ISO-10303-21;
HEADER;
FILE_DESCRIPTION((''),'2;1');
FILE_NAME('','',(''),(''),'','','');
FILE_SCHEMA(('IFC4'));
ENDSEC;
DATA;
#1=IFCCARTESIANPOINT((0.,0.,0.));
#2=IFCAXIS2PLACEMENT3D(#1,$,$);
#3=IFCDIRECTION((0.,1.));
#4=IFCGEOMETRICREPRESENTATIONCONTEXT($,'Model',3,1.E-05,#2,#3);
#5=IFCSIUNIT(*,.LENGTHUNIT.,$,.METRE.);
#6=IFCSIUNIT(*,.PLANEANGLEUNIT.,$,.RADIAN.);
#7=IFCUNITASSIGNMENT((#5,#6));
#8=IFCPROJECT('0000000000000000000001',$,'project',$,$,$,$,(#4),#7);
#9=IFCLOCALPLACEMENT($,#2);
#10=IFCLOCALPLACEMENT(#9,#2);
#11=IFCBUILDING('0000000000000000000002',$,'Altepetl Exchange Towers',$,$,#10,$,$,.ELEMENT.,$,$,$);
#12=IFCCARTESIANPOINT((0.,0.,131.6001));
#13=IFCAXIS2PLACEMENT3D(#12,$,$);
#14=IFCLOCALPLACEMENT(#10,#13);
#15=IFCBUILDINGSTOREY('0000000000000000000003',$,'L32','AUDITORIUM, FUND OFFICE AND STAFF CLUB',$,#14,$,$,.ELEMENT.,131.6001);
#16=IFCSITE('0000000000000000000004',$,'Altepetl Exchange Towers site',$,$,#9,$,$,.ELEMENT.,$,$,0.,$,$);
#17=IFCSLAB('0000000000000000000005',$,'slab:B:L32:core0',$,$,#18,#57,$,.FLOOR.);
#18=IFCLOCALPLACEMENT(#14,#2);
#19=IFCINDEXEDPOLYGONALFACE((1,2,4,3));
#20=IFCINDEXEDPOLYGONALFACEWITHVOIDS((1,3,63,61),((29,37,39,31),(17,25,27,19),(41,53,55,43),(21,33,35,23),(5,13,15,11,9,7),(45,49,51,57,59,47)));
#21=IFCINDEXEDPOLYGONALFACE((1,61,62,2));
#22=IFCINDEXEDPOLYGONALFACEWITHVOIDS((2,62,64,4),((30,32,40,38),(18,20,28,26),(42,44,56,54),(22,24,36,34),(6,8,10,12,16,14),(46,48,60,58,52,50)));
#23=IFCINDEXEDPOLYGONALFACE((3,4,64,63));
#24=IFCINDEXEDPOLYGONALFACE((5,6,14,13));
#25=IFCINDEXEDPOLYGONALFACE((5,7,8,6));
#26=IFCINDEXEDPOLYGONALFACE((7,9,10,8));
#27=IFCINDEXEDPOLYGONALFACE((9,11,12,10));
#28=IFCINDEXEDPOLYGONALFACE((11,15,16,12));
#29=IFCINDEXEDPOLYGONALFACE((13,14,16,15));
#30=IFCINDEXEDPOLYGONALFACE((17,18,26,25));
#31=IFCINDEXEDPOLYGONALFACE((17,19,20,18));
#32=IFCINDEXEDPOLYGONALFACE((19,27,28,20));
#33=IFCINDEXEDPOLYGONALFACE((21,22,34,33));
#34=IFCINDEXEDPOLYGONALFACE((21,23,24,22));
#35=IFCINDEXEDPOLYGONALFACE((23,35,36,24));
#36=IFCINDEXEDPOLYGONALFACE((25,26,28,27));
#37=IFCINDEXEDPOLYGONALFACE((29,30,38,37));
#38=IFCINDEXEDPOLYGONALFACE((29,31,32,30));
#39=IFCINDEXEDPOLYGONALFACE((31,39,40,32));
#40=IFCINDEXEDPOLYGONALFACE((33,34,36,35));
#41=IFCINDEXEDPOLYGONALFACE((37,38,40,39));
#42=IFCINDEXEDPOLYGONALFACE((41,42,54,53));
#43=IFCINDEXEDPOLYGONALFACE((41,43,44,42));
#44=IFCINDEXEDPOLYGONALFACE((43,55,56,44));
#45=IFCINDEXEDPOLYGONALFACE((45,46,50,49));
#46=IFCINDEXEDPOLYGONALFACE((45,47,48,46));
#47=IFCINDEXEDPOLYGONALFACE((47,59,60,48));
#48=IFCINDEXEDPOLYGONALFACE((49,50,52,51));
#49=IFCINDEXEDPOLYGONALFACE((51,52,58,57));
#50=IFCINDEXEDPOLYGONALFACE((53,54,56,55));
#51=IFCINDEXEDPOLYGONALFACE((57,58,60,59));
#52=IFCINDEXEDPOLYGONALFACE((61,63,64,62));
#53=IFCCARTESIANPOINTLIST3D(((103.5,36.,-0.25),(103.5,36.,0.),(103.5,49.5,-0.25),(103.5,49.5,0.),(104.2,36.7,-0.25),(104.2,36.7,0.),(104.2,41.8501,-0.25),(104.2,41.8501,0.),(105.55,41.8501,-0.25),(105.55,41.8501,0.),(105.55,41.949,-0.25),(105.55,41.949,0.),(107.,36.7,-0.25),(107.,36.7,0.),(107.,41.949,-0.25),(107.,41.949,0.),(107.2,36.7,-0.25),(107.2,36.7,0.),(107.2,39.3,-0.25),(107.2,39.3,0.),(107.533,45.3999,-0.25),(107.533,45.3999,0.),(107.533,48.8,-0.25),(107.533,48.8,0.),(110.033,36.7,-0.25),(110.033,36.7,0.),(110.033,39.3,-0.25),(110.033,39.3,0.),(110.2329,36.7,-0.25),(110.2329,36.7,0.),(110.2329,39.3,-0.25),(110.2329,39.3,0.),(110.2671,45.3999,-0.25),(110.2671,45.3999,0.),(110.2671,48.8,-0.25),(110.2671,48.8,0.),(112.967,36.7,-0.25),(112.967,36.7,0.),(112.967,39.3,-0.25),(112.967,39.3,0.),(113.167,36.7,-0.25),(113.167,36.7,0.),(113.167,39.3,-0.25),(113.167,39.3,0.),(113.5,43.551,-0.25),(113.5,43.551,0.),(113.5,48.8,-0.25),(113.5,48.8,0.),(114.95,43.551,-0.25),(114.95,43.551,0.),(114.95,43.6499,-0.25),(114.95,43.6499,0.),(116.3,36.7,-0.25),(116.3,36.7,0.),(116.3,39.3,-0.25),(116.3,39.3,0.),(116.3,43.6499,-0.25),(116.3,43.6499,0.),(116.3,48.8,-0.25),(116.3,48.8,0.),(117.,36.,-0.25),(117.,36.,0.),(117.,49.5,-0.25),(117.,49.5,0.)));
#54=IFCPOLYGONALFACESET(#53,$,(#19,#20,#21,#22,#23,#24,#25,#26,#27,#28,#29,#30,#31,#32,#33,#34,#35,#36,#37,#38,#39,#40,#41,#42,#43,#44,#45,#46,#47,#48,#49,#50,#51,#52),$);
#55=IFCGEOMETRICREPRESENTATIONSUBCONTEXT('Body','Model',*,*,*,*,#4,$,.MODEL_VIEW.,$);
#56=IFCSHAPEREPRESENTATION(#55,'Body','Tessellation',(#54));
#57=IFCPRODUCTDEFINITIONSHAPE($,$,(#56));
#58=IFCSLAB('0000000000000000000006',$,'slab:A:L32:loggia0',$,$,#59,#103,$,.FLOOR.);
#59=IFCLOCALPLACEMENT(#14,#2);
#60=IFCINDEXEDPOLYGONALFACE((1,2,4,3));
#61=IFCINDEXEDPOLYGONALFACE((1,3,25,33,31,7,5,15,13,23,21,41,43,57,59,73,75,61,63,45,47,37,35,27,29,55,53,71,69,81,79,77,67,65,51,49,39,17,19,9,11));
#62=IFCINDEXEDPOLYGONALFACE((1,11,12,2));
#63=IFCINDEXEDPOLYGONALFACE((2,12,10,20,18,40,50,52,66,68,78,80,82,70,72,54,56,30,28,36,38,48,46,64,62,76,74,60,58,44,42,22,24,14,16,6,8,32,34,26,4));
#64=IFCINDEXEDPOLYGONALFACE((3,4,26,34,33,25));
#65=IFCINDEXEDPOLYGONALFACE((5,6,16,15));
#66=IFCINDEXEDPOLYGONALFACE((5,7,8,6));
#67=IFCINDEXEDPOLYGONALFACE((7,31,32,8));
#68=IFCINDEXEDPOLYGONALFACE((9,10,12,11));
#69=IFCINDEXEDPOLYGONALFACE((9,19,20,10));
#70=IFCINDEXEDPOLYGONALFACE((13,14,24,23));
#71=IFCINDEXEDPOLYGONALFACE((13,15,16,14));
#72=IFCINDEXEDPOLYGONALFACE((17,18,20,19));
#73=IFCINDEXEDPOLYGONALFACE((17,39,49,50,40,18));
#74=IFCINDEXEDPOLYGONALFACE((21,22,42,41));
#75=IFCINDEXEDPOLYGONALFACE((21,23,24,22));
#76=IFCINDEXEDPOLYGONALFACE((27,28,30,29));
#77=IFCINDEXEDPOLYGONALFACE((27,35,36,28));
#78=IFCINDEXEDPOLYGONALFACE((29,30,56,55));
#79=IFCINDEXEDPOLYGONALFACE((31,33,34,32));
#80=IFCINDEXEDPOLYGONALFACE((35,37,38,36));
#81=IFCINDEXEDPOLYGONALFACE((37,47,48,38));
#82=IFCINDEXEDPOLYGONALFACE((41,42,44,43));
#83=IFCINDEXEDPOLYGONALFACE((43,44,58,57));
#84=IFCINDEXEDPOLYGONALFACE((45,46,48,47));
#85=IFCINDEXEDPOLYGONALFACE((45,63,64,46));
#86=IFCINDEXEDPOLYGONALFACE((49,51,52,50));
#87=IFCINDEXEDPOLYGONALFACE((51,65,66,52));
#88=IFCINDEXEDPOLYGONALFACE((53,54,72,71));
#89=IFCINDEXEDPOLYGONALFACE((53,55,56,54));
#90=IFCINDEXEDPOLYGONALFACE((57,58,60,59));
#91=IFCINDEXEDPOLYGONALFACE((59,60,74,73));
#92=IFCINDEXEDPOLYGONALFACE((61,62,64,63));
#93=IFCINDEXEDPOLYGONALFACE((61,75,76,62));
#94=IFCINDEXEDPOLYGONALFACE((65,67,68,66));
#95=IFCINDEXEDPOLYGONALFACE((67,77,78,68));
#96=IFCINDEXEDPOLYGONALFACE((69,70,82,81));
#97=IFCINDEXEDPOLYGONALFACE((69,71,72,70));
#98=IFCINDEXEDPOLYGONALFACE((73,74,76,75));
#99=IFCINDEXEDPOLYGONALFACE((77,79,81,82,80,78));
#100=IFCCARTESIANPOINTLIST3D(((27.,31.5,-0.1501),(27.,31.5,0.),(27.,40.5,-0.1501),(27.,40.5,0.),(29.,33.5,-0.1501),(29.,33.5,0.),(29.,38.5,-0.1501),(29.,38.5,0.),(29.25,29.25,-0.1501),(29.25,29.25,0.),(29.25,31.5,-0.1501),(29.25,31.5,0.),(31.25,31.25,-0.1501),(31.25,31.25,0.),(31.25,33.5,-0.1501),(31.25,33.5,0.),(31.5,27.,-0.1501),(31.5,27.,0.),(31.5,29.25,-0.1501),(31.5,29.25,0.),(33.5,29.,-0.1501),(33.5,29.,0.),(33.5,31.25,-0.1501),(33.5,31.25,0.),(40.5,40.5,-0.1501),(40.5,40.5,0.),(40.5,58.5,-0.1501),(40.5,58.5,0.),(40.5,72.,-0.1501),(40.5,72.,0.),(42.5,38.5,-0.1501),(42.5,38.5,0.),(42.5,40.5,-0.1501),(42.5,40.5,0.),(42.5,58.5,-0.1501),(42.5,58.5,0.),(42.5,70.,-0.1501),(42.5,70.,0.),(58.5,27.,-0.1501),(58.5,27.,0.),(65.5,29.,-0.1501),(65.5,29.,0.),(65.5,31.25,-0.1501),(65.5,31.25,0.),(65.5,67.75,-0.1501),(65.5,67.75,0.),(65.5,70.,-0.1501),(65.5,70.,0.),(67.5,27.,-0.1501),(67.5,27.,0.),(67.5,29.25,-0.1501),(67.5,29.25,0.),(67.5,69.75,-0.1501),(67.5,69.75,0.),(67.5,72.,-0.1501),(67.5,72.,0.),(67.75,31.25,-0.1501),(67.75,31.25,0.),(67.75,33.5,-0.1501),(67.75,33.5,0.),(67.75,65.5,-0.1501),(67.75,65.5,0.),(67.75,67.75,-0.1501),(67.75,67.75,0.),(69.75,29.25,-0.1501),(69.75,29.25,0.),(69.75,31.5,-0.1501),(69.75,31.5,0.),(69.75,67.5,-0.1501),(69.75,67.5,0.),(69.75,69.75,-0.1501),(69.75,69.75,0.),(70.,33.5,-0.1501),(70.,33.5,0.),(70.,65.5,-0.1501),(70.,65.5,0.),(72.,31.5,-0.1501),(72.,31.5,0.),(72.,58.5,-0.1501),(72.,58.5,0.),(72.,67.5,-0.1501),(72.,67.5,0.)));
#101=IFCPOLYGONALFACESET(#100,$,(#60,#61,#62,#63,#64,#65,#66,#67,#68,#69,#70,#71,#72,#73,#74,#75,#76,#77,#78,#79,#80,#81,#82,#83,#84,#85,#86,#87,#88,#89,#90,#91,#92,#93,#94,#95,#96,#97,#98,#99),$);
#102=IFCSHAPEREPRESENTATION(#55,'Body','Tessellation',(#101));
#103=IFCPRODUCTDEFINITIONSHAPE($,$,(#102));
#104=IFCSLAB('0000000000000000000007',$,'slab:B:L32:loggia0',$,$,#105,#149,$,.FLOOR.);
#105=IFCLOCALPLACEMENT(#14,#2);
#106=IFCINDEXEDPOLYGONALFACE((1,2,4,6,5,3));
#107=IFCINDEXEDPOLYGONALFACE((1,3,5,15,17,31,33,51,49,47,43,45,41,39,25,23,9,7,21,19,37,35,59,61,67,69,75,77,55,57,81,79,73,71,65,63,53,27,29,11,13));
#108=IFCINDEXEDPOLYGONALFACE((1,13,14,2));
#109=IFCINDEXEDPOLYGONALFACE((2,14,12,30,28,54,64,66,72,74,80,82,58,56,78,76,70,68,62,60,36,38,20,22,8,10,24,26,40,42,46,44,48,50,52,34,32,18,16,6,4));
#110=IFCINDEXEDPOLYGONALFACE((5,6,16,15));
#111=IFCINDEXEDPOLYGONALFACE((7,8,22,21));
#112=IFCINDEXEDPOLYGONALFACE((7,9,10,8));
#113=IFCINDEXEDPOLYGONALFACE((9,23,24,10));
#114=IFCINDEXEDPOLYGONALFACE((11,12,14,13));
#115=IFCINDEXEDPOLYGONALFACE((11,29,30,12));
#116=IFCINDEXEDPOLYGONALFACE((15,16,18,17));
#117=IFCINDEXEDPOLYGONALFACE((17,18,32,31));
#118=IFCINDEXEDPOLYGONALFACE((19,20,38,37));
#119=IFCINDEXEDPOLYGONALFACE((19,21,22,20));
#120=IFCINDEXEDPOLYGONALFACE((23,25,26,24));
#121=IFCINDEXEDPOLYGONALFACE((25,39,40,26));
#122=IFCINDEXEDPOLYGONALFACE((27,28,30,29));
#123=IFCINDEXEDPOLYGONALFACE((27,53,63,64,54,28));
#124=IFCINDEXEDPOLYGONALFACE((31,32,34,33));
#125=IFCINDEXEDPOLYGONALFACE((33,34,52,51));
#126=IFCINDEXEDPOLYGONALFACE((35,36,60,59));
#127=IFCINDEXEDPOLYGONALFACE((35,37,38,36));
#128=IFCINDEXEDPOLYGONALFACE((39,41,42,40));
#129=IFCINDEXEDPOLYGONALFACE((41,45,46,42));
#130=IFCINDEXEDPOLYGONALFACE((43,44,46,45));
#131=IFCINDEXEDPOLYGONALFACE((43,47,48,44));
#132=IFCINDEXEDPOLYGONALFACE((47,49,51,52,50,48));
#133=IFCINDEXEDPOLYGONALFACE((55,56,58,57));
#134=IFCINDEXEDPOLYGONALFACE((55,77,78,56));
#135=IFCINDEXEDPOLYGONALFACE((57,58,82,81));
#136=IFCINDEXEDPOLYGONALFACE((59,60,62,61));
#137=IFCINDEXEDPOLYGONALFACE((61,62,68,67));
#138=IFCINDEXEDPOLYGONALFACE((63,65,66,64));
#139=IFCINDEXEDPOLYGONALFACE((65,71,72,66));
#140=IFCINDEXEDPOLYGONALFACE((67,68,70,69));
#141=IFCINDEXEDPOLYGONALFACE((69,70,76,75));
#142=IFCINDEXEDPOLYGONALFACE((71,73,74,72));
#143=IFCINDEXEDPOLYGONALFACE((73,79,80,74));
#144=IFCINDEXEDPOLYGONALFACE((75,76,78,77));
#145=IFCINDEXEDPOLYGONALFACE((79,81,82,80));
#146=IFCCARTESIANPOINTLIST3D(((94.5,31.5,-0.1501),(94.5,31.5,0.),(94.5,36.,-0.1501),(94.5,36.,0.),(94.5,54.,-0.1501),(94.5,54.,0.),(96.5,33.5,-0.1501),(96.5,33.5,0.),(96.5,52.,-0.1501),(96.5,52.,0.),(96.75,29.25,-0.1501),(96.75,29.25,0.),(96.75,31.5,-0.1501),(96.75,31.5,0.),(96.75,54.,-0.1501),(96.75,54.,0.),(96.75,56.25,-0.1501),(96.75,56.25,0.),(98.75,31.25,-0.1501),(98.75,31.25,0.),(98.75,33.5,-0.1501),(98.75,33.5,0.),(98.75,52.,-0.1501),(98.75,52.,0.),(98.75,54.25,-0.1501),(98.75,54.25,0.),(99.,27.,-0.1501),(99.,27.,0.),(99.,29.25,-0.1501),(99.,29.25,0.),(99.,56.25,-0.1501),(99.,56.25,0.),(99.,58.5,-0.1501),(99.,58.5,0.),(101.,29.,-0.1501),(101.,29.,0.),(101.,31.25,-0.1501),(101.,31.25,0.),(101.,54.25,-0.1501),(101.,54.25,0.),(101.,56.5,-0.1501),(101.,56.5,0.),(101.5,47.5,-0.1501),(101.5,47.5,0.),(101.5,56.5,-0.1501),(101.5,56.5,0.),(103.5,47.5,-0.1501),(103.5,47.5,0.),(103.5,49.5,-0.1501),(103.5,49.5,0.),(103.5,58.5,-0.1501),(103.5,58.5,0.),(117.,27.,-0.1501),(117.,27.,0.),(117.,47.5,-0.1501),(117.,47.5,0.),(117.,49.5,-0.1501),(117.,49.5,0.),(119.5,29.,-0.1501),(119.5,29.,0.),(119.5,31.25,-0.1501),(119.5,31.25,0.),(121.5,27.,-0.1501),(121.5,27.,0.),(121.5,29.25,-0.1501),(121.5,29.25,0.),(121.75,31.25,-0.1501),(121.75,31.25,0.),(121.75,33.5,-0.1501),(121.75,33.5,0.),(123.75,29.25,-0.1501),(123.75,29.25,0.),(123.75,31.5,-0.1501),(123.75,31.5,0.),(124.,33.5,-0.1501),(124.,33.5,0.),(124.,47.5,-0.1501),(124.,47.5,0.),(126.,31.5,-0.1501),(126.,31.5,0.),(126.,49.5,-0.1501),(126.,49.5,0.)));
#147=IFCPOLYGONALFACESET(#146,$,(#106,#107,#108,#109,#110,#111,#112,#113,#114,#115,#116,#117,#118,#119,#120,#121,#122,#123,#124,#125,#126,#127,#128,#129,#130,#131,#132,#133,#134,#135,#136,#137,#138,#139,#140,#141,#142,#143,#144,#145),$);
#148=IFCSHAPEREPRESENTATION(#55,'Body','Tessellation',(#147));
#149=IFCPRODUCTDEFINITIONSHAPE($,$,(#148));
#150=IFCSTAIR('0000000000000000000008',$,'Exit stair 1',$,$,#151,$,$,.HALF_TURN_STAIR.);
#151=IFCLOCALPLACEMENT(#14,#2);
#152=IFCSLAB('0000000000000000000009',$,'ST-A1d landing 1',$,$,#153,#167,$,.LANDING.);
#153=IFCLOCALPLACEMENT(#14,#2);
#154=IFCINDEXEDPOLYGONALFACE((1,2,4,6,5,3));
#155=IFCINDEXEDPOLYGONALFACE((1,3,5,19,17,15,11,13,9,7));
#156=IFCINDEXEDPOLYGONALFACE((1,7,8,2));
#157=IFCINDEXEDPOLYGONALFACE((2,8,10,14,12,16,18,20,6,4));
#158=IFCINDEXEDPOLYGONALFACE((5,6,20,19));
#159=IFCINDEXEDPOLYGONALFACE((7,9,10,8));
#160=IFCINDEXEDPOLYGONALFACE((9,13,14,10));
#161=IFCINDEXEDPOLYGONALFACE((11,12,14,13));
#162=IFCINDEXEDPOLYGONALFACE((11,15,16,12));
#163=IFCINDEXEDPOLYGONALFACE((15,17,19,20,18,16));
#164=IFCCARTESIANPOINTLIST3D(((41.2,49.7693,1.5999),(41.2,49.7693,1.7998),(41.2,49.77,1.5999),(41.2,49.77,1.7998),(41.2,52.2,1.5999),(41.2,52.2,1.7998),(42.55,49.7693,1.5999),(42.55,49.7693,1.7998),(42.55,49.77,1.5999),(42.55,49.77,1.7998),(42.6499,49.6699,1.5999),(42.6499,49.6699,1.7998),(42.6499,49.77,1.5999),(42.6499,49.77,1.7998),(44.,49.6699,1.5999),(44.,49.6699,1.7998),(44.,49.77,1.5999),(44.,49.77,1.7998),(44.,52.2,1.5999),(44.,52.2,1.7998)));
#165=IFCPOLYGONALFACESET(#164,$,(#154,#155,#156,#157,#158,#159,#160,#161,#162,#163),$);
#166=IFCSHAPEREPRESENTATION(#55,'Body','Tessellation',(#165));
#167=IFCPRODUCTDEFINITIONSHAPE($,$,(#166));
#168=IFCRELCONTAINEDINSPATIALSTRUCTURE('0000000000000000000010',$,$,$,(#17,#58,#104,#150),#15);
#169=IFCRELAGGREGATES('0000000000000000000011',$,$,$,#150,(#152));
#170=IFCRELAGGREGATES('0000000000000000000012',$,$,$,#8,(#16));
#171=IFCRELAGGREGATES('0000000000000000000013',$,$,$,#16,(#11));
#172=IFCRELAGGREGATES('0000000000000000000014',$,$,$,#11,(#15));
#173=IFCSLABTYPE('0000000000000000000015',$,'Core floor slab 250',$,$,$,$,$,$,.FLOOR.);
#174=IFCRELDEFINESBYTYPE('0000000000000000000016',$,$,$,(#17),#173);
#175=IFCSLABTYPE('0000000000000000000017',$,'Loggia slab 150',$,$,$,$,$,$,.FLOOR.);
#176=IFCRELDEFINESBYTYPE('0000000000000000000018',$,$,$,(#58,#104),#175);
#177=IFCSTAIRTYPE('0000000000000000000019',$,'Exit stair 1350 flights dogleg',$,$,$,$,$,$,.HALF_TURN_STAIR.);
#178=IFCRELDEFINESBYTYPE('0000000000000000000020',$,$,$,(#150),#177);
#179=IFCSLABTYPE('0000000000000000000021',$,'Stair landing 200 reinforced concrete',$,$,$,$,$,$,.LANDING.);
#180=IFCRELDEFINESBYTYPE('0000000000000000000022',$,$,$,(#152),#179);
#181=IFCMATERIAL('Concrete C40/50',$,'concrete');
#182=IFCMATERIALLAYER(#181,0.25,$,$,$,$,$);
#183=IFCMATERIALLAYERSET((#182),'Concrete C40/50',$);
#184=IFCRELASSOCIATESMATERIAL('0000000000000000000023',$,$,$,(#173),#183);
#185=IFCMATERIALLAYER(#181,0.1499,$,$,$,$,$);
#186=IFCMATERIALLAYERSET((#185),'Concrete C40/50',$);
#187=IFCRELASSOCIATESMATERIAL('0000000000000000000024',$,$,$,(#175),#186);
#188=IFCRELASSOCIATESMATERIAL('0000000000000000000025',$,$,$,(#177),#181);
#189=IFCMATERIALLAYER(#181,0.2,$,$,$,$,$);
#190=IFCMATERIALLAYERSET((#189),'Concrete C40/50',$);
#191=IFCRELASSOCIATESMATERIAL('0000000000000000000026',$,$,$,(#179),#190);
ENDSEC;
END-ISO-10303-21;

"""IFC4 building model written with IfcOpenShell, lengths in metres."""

from ifc_helpers import new_model, si_unit, direction, frame, origin, place, context, subcontext, project, spatial, polyline, outline, extrude, material, layer, layer_set, type_object, element, aggregate, save


model = new_model("IFC4")

# Units and contexts
model_context = context("Model", 3, precision=1e-05, world=origin(), true_north=direction((0.0, 1.0)))
body_context = subcontext(model_context, "Body", "Model", "MODEL_VIEW")
ifc_project = project(units=[si_unit("LENGTHUNIT", "METRE"), si_unit("PLANEANGLEUNIT", "RADIAN")], contexts=[model_context])

# Site, building, storey
site_placement = place(None, origin())
site = spatial("IfcSite", under=ifc_project, at=site_placement, Name="Altepetl Exchange Towers site", CompositionType="ELEMENT", RefElevation=0.0)
building_placement = place(site_placement, origin())
building = spatial("IfcBuilding", under=site, at=building_placement, Name="Altepetl Exchange Towers", CompositionType="ELEMENT")
storey_placement = place(building_placement, frame((0.0, 0.0, 131.6001)))
storey = spatial("IfcBuildingStorey", under=building, at=storey_placement, Name="L32", Description="AUDITORIUM, FUND OFFICE AND STAFF CLUB", CompositionType="ELEMENT", Elevation=131.6001)

# Slabs
ifc_material_1 = material(Name="Concrete C40/50", Category="concrete")
ifc_layer_1 = layer(ifc_material_1, 0.25)
ifc_layer_set_1 = layer_set([ifc_layer_1], Name="Concrete C40/50")
slab_type_1 = type_object("IfcSlabType", Name="Core floor slab 250", PredefinedType="FLOOR", material=ifc_layer_set_1)
slab_1_placement = place(storey_placement, frame((0.0, 0.0, -0.25)))
element("IfcSlab", 1, at=slab_1_placement, inside=storey, type_object=slab_type_1, Name="slab:B:L32:core0", PredefinedType="FLOOR", context=body_context, shape_type="SweptSolid", body=[
    extrude(outline(polyline([(103.5, 36.0), (117.0, 36.0), (117.0, 49.5), (103.5, 49.5), (103.5, 36.0)]), holes=[polyline([(107.2, 36.7), (107.2, 39.3), (110.033, 39.3), (110.033, 36.7), (107.2, 36.7)]), polyline([(110.2329, 39.3), (112.967, 39.3), (112.967, 36.7), (110.2329, 36.7), (110.2329, 39.3)]), polyline([(113.167, 39.3), (116.3, 39.3), (116.3, 36.7), (113.167, 36.7), (113.167, 39.3)]), polyline([(107.0, 36.7), (104.2, 36.7), (104.2, 41.8501), (105.55, 41.8501), (105.55, 41.949), (107.0, 41.949), (107.0, 36.7)]), polyline([(116.3, 48.8), (116.3, 43.6499), (114.95, 43.6499), (114.95, 43.551), (113.5, 43.551), (113.5, 48.8), (116.3, 48.8)]), polyline([(107.533, 48.8), (110.2671, 48.8), (110.2671, 45.3999), (107.533, 45.3999), (107.533, 48.8)])]), origin(), (0.0, 0.0, 1.0), 0.25),
])
ifc_layer_2 = layer(ifc_material_1, 0.1499)
ifc_layer_set_2 = layer_set([ifc_layer_2], Name="Concrete C40/50")
slab_type_2 = type_object("IfcSlabType", Name="Loggia slab 150", PredefinedType="FLOOR", material=ifc_layer_set_2)
slab_2_placement = place(storey_placement, frame((0.0, 0.0, -0.1501)))
element("IfcSlab", 2, at=slab_2_placement, inside=storey, type_object=slab_type_2, Name="slab:A:L32:loggia0", PredefinedType="FLOOR", context=body_context, shape_type="SweptSolid", body=[
    extrude(outline(polyline([(40.5, 72.0), (40.5, 58.5), (42.5, 58.5), (42.5, 70.0), (65.5, 70.0), (65.5, 67.75), (67.75, 67.75), (67.75, 65.5), (70.0, 65.5), (70.0, 33.5), (67.75, 33.5), (67.75, 31.25), (65.5, 31.25), (65.5, 29.0), (33.5, 29.0), (33.5, 31.25), (31.25, 31.25), (31.25, 33.5), (29.0, 33.5), (29.0, 38.5), (42.5, 38.5), (42.5, 40.5), (40.5, 40.5), (27.0, 40.5), (27.0, 31.5), (29.25, 31.5), (29.25, 29.25), (31.5, 29.25), (31.5, 27.0), (58.5, 27.0), (67.5, 27.0), (67.5, 29.25), (69.75, 29.25), (69.75, 31.5), (72.0, 31.5), (72.0, 58.5), (72.0, 67.5), (69.75, 67.5), (69.75, 69.75), (67.5, 69.75), (67.5, 72.0), (40.5, 72.0)])), origin(), (0.0, 0.0, 1.0), 0.1501),
])
slab_3_placement = place(storey_placement, frame((0.0, 0.0, -0.1501)))
element("IfcSlab", 3, at=slab_3_placement, inside=storey, type_object=slab_type_2, Name="slab:B:L32:loggia0", PredefinedType="FLOOR", context=body_context, shape_type="SweptSolid", body=[
    extrude(outline(polyline([(96.75, 54.0), (94.5, 54.0), (94.5, 36.0), (94.5, 31.5), (96.75, 31.5), (96.75, 29.25), (99.0, 29.25), (99.0, 27.0), (117.0, 27.0), (121.5, 27.0), (121.5, 29.25), (123.75, 29.25), (123.75, 31.5), (126.0, 31.5), (126.0, 49.5), (117.0, 49.5), (117.0, 47.5), (124.0, 47.5), (124.0, 33.5), (121.75, 33.5), (121.75, 31.25), (119.5, 31.25), (119.5, 29.0), (101.0, 29.0), (101.0, 31.25), (98.75, 31.25), (98.75, 33.5), (96.5, 33.5), (96.5, 52.0), (98.75, 52.0), (98.75, 54.25), (101.0, 54.25), (101.0, 56.5), (101.5, 56.5), (101.5, 47.5), (103.5, 47.5), (103.5, 49.5), (103.5, 58.5), (99.0, 58.5), (99.0, 56.25), (96.75, 56.25), (96.75, 54.0)])), origin(), (0.0, 0.0, 1.0), 0.1501),
])

# Stair, slab
stair_type = type_object("IfcStairType", Name="Exit stair 1350 flights dogleg", PredefinedType="HALF_TURN_STAIR", material=ifc_material_1)
stair_1_placement = place(storey_placement, origin())
stair_1 = element("IfcStair", 4, at=stair_1_placement, inside=storey, type_object=stair_type, Name="Exit stair 1", PredefinedType="HALF_TURN_STAIR")
ifc_layer_3 = layer(ifc_material_1, 0.2)
ifc_layer_set_3 = layer_set([ifc_layer_3], Name="Concrete C40/50")
slab_type_3 = type_object("IfcSlabType", Name="Stair landing 200 reinforced concrete", PredefinedType="LANDING", material=ifc_layer_set_3)
slab_4_placement = place(storey_placement, frame((0.0, 0.0, 1.5999)))
slab_4 = element("IfcSlab", 5, at=slab_4_placement, type_object=slab_type_3, Name="ST-A1d landing 1", PredefinedType="LANDING", context=body_context, shape_type="SweptSolid", body=[
    extrude(outline(polyline([(44.0, 49.6699), (42.6499, 49.6699), (42.6499, 49.77), (42.55, 49.77), (42.55, 49.7693), (41.2, 49.7693), (41.2, 49.77), (41.2, 52.2), (44.0, 52.2), (44.0, 49.77), (44.0, 49.6699)])), origin(), (0.0, 0.0, 1.0), 0.2),
])
aggregate(stair_1, [slab_4])

save(model, "model.ifc")
